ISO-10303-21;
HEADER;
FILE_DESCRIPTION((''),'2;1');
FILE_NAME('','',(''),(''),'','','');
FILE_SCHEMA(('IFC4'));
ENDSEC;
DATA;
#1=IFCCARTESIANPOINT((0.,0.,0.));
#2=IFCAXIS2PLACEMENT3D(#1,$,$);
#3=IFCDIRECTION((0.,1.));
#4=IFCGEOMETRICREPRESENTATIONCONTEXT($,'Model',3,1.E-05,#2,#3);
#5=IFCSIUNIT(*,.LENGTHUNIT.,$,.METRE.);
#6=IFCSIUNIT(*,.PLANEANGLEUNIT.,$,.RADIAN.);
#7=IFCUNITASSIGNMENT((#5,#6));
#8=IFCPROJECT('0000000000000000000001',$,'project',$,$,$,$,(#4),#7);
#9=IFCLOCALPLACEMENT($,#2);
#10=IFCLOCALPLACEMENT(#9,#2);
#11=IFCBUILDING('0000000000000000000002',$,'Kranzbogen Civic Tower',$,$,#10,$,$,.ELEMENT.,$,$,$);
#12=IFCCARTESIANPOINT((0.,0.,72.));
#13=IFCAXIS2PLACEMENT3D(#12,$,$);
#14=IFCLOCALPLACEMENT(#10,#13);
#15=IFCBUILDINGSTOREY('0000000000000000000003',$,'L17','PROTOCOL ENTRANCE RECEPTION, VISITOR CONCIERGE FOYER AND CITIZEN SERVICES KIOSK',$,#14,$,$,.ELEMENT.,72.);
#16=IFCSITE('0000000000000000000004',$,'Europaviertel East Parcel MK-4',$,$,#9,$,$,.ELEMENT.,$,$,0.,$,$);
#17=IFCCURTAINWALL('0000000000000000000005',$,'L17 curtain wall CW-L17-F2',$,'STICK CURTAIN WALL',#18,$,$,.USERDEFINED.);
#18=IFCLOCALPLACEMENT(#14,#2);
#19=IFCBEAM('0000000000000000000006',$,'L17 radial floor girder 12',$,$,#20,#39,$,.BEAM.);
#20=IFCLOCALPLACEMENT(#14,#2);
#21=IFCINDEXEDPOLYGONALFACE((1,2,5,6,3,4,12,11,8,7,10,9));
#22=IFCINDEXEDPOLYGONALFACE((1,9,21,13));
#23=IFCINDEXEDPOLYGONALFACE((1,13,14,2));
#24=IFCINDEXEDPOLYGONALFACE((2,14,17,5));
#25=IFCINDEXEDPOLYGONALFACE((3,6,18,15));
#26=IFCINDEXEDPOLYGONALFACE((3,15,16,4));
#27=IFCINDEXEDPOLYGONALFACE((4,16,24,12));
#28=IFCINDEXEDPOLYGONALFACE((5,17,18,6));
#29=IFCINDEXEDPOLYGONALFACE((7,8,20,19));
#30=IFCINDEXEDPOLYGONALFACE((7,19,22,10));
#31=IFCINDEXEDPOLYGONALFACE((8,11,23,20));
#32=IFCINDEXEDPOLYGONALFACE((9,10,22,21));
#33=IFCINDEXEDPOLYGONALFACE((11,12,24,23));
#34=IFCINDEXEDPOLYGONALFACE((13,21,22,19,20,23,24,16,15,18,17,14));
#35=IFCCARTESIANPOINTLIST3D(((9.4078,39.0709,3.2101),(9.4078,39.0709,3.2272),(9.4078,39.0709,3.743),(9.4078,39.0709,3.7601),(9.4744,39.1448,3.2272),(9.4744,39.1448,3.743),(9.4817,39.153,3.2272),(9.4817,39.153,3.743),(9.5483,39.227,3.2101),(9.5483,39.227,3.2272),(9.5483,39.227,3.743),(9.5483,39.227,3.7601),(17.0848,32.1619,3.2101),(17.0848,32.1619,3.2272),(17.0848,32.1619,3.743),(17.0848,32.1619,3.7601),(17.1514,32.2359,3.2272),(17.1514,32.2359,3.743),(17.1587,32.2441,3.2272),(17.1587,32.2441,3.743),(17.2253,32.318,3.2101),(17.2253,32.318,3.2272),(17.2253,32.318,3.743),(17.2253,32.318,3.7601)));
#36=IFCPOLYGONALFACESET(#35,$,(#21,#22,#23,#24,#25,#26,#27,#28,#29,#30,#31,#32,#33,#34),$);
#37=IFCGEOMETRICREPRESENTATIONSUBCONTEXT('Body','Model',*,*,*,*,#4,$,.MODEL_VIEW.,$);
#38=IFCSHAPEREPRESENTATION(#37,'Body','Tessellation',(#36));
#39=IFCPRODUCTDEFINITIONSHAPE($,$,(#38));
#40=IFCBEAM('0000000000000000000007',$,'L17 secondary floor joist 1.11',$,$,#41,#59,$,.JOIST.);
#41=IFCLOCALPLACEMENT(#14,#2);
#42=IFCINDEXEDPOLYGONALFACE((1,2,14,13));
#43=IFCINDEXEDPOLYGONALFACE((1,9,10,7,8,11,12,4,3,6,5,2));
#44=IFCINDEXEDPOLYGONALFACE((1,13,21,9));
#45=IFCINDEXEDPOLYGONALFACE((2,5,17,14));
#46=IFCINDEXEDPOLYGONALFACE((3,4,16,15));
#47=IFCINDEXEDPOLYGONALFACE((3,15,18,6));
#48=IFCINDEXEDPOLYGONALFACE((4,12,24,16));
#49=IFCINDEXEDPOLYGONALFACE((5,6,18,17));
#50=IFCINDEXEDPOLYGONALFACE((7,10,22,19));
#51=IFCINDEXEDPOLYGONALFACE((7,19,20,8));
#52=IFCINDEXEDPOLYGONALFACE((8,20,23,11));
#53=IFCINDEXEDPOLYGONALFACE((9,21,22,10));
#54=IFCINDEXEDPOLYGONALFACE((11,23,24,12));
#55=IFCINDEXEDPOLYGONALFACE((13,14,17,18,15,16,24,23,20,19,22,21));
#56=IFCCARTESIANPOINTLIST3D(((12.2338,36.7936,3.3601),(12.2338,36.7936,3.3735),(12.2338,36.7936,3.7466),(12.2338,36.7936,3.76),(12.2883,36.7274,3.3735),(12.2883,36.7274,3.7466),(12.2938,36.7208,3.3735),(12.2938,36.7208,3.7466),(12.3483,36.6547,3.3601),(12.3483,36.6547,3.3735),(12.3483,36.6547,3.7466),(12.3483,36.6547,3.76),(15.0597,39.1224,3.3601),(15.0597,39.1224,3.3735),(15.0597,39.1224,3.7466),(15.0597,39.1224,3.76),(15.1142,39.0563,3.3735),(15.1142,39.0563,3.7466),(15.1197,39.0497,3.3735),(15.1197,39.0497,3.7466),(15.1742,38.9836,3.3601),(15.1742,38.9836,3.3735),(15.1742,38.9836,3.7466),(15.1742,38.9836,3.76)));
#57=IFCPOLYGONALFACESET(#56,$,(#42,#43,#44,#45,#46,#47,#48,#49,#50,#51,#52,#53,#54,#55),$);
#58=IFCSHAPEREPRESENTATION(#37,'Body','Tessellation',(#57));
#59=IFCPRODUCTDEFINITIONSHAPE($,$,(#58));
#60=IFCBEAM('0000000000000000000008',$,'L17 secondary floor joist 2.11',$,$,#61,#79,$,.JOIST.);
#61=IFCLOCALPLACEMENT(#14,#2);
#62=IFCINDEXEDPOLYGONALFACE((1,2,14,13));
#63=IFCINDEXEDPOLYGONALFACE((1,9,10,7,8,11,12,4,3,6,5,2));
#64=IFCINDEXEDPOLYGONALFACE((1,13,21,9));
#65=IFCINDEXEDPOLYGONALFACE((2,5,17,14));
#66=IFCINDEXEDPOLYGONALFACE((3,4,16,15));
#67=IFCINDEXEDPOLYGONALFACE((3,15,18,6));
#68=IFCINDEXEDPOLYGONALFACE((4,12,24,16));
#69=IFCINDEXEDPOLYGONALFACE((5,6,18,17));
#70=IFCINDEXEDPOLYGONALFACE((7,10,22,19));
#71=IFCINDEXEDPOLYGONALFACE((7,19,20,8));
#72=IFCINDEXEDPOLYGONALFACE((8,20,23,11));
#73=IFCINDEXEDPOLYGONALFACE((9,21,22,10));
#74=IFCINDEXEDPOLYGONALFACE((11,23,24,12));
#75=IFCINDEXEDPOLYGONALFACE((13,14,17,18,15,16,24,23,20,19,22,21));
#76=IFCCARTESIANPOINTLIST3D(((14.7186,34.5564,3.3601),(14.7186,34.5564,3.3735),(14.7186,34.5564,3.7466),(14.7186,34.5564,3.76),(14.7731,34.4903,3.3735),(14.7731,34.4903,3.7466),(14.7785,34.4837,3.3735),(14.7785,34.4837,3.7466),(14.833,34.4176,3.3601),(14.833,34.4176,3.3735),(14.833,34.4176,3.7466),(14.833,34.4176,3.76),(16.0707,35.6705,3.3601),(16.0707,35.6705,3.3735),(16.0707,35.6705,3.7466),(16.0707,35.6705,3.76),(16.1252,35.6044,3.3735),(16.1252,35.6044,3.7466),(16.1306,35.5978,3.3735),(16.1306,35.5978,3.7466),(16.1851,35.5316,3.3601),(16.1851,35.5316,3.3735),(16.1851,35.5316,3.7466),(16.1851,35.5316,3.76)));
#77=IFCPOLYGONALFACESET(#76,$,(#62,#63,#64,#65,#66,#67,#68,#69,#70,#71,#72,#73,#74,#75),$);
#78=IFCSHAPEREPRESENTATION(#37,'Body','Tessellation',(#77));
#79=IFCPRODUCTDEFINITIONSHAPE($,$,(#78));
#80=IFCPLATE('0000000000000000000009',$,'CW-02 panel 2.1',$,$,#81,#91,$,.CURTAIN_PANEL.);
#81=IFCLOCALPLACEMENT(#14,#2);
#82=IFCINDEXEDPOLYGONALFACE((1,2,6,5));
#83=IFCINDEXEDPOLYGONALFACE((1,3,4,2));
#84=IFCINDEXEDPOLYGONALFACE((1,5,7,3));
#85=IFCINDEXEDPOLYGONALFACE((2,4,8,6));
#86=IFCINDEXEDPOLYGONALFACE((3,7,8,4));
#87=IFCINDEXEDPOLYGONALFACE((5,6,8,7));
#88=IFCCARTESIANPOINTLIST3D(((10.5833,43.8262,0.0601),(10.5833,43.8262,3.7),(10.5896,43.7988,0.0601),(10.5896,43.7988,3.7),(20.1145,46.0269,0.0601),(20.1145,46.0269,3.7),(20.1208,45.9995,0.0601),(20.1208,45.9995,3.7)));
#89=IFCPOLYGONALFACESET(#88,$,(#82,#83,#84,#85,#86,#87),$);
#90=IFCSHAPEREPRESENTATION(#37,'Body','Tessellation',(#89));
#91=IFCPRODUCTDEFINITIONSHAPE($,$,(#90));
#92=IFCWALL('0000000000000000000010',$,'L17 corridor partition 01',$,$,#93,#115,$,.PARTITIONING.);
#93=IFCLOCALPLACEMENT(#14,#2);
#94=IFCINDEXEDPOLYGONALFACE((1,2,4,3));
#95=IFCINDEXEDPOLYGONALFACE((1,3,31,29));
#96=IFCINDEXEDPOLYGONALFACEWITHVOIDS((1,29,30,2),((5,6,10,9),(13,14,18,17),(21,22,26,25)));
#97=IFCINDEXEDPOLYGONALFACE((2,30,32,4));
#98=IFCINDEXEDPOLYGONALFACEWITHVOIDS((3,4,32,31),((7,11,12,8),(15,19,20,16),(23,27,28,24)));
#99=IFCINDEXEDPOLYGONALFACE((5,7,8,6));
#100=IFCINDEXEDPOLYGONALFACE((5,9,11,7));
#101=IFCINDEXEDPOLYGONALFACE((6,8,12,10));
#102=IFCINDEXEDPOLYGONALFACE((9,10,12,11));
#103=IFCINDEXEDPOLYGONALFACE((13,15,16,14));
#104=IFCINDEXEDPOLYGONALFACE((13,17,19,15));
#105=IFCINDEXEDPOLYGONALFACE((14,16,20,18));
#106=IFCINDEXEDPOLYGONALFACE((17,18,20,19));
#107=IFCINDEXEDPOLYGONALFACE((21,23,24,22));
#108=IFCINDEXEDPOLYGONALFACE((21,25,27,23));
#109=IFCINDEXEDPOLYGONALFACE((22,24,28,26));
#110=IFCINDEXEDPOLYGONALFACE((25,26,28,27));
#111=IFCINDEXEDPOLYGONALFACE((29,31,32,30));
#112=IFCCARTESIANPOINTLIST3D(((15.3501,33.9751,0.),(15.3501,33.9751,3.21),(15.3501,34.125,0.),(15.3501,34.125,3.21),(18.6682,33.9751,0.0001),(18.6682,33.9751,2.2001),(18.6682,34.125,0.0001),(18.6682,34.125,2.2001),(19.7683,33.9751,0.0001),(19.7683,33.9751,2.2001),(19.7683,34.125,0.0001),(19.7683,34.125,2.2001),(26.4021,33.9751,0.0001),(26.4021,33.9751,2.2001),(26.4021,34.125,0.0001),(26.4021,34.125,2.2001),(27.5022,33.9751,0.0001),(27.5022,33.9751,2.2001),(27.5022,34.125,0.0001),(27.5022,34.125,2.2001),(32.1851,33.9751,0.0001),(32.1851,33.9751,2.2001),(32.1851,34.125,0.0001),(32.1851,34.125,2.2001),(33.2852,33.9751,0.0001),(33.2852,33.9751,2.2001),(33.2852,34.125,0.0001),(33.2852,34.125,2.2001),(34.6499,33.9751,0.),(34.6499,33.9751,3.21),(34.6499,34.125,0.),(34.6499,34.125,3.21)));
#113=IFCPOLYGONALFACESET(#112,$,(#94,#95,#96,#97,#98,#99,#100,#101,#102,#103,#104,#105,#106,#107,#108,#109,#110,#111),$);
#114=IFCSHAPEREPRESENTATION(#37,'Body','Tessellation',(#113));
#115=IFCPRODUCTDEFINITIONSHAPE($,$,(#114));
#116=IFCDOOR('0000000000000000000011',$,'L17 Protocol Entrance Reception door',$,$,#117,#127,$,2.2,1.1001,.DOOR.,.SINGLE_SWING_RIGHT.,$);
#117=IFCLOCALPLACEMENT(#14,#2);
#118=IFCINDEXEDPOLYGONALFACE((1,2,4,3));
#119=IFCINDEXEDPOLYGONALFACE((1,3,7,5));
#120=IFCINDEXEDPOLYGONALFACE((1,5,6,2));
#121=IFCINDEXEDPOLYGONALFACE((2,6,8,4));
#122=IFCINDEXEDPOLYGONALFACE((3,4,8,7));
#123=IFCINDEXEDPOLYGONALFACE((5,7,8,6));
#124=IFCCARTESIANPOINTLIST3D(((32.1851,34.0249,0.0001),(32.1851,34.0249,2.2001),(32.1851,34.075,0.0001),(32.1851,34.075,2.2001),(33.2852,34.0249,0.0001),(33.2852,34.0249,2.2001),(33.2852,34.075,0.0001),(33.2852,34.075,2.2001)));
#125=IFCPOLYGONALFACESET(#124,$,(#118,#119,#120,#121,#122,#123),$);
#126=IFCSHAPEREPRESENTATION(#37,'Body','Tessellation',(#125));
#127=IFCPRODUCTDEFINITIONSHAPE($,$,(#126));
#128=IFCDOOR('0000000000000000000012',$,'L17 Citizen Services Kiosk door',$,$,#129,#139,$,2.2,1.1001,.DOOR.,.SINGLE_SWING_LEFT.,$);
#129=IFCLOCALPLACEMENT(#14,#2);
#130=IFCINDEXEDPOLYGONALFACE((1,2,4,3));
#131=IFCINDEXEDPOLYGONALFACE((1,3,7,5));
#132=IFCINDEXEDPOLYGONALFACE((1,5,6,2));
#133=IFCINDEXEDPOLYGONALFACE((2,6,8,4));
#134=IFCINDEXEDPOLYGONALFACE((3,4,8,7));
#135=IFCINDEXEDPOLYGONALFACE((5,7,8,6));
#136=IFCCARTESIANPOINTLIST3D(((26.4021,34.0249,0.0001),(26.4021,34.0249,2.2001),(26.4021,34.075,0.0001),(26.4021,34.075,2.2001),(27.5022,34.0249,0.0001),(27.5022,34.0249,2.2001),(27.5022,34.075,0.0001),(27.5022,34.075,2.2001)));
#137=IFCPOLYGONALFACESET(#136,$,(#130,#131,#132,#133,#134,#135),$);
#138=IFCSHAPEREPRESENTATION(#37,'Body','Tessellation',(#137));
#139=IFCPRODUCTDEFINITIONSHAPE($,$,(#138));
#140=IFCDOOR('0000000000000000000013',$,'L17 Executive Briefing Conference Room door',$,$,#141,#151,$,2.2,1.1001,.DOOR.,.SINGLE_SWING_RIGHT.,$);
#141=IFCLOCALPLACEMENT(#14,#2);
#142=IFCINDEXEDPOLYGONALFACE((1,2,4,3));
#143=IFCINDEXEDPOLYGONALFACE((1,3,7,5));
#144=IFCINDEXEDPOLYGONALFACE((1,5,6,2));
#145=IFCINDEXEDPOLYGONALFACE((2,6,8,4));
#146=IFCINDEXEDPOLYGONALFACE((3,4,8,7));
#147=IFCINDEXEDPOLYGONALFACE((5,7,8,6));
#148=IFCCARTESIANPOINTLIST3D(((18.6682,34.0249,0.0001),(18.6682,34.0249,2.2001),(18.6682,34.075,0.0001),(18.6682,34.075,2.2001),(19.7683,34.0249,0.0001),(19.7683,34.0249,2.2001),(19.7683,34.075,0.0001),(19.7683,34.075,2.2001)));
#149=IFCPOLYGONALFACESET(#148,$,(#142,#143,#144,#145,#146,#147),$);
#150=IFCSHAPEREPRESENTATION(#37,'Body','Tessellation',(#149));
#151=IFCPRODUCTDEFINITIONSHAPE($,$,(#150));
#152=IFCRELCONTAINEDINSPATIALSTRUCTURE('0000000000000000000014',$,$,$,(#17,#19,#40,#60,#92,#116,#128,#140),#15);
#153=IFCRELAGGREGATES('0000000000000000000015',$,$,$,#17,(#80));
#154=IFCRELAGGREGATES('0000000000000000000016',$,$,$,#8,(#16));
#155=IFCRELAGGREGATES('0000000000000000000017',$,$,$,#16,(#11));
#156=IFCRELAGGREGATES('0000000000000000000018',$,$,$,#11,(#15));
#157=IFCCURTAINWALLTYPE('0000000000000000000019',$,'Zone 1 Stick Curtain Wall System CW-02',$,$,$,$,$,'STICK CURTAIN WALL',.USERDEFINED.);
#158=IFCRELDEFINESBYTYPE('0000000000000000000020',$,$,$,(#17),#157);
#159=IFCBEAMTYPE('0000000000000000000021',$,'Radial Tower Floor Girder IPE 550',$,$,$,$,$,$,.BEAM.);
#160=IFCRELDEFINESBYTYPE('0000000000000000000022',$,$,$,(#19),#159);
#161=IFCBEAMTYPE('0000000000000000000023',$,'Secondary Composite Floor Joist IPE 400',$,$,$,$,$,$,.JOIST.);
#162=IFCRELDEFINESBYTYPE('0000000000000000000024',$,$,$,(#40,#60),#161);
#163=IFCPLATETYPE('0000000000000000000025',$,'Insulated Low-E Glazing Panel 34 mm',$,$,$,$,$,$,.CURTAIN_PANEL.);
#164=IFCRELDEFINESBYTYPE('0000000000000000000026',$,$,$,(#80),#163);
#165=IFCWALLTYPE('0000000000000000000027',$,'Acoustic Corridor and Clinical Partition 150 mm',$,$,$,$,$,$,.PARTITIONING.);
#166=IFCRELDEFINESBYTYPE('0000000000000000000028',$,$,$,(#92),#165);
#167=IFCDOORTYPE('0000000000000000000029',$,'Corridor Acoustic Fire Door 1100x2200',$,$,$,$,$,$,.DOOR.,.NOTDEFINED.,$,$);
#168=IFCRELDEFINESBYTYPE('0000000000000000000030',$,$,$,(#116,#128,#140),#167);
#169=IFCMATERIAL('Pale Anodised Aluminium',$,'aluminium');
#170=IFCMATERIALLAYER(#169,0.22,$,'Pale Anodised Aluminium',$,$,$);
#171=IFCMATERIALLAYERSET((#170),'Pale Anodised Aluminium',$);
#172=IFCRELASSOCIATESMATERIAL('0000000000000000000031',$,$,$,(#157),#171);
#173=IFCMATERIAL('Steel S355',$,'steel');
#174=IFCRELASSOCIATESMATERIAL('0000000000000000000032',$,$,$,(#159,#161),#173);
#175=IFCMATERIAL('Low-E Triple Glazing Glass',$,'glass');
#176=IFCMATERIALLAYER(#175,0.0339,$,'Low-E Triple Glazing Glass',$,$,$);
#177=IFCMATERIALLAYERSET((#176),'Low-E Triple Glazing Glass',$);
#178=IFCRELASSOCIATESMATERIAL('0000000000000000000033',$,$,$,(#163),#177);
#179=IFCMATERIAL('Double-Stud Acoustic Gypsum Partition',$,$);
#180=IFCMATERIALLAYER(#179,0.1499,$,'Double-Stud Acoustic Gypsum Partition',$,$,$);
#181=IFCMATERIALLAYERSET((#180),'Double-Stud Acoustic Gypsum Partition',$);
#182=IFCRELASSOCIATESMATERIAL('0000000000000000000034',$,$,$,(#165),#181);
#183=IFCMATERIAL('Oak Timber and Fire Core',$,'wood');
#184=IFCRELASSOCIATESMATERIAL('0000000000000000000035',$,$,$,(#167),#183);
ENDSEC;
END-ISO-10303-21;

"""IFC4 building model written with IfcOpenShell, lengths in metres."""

from ifc_helpers import new_model, si_unit, direction, frame, frame_2d, origin, origin_2d, place, context, subcontext, project, spatial, rectangle, i_section, extrude, material, layer, layer_set, material_profile, profile_set, type_object, element, fill, aggregate, save


model = new_model("IFC4")

# Units and contexts
model_context = context("Model", 3, precision=1e-05, world=origin(), true_north=direction((0.0, 1.0)))
body_context = subcontext(model_context, "Body", "Model", "MODEL_VIEW")
ifc_project = project(units=[si_unit("LENGTHUNIT", "METRE"), si_unit("PLANEANGLEUNIT", "RADIAN")], contexts=[model_context])

# Site, building, storey
site_placement = place(None, origin())
site = spatial("IfcSite", under=ifc_project, at=site_placement, Name="Europaviertel East Parcel MK-4", CompositionType="ELEMENT", RefElevation=0.0)
building_placement = place(site_placement, origin())
building = spatial("IfcBuilding", under=site, at=building_placement, Name="Kranzbogen Civic Tower", CompositionType="ELEMENT")
storey_placement = place(building_placement, frame((0.0, 0.0, 72.0)))
storey = spatial("IfcBuildingStorey", under=building, at=storey_placement, Name="L17", Description="PROTOCOL ENTRANCE RECEPTION, VISITOR CONCIERGE FOYER AND CITIZEN SERVICES KIOSK", CompositionType="ELEMENT", Elevation=72.0)

# Shared definitions
ifc_material_1 = material(Name="Steel S355", Category="steel")

# Curtain wall
ifc_material_2 = material(Name="Pale Anodised Aluminium", Category="aluminium")
ifc_layer_1 = layer(ifc_material_2, 0.22, Name="Pale Anodised Aluminium")
ifc_layer_set_1 = layer_set([ifc_layer_1], Name="Pale Anodised Aluminium")
curtain_wall_type = type_object("IfcCurtainWallType", Name="Zone 1 Stick Curtain Wall System CW-02", ElementType="STICK CURTAIN WALL", PredefinedType="USERDEFINED", material=ifc_layer_set_1)
curtain_wall_placement = place(storey_placement, origin())
curtain_wall = element("IfcCurtainWall", 1, at=curtain_wall_placement, inside=storey, type_object=curtain_wall_type, Name="L17 curtain wall CW-L17-F2", ObjectType="STICK CURTAIN WALL", PredefinedType="USERDEFINED")

# Beams
ifc_material_profile_1 = material_profile(ifc_material_1, i_section(OverallWidth=0.21, OverallDepth=0.55, WebThickness=0.011, FlangeThickness=0.0171, at=origin_2d()), Name="IPE 550")
ifc_profile_set_1 = profile_set([ifc_material_profile_1], Name="Steel S355")
beam_type_1 = type_object("IfcBeamType", Name="Radial Tower Floor Girder IPE 550", PredefinedType="BEAM", material=ifc_profile_set_1)
beam_1_placement = place(storey_placement, frame((9.478, 39.1489, 3.4851), z_axis=(0.743312, -0.668945, 0.0), x_axis=(0.668945, 0.743312, 0.0)))
element("IfcBeam", 2, at=beam_1_placement, inside=storey, type_object=beam_type_1, Name="L17 radial floor girder 12", PredefinedType="BEAM", context=body_context, shape_type="SweptSolid", body=[
    extrude(i_section(OverallWidth=0.21, OverallDepth=0.55, WebThickness=0.011, FlangeThickness=0.0171, at=origin_2d()), origin(), (0.0, 0.0, 1.0), 10.3281),
])
ifc_material_profile_2 = material_profile(ifc_material_1, i_section(OverallWidth=0.1799, OverallDepth=0.3999, WebThickness=0.0085, FlangeThickness=0.0134, at=origin_2d()), Name="IPE 400")
ifc_profile_set_2 = profile_set([ifc_material_profile_2], Name="Steel S355")
beam_type_2 = type_object("IfcBeamType", Name="Secondary Composite Floor Joist IPE 400", PredefinedType="JOIST", material=ifc_profile_set_2)
beam_2_placement = place(storey_placement, frame((15.1169, 39.053, 3.5601), z_axis=(-0.771713, -0.635971, 0.0), x_axis=(0.635971, -0.771713, 0.0)))
element("IfcBeam", 3, at=beam_2_placement, inside=storey, type_object=beam_type_2, Name="L17 secondary floor joist 1.11", PredefinedType="JOIST", context=body_context, shape_type="SweptSolid", body=[
    extrude(i_section(OverallWidth=0.1799, OverallDepth=0.3999, WebThickness=0.0085, FlangeThickness=0.0134, at=origin_2d()), origin(), (0.0, 0.0, 1.0), 3.6619),
])
beam_3_placement = place(storey_placement, frame((16.1279, 35.6011, 3.5601), z_axis=(-0.771773, -0.635898, 0.0), x_axis=(0.635898, -0.771773, 0.0)))
element("IfcBeam", 4, at=beam_3_placement, inside=storey, type_object=beam_type_2, Name="L17 secondary floor joist 2.11", PredefinedType="JOIST", context=body_context, shape_type="SweptSolid", body=[
    extrude(i_section(OverallWidth=0.1799, OverallDepth=0.3999, WebThickness=0.0085, FlangeThickness=0.0134, at=origin_2d()), origin(), (0.0, 0.0, 1.0), 1.752),
])

# Plate
ifc_material_3 = material(Name="Low-E Triple Glazing Glass", Category="glass")
ifc_layer_2 = layer(ifc_material_3, 0.0339, Name="Low-E Triple Glazing Glass")
ifc_layer_set_2 = layer_set([ifc_layer_2], Name="Low-E Triple Glazing Glass")
plate_type = type_object("IfcPlateType", Name="Insulated Low-E Glazing Panel 34 mm", PredefinedType="CURTAIN_PANEL", material=ifc_layer_set_2)
plate_placement = place(storey_placement, frame((15.3521, 44.9128, 0.0601), z_axis=(0.0, 0.0, 1.0), x_axis=(-0.974364, -0.224978, 0.0)))
plate = element("IfcPlate", 5, at=plate_placement, type_object=plate_type, Name="CW-02 panel 2.1", PredefinedType="CURTAIN_PANEL", context=body_context, shape_type="SweptSolid", body=[
    extrude(rectangle(XDim=9.782, YDim=0.0281, at=origin_2d()), origin(), (0.0, 0.0, 1.0), 3.6399),
])
aggregate(curtain_wall, [plate])

# Wall, openings, doors
ifc_material_4 = material(Name="Double-Stud Acoustic Gypsum Partition")
ifc_layer_3 = layer(ifc_material_4, 0.1499, Name="Double-Stud Acoustic Gypsum Partition")
ifc_layer_set_3 = layer_set([ifc_layer_3], Name="Double-Stud Acoustic Gypsum Partition")
wall_type_1 = type_object("IfcWallType", Name="Acoustic Corridor and Clinical Partition 150 mm", PredefinedType="PARTITIONING", material=ifc_layer_set_3)
wall_1_placement = place(storey_placement, frame((15.3501, 34.05, 0.0), z_axis=(0.0, 0.0, 1.0), x_axis=(1.0, 0.0, 0.0)))
wall_1 = element("IfcWall", 6, at=wall_1_placement, inside=storey, type_object=wall_type_1, Name="L17 corridor partition 01", PredefinedType="PARTITIONING", context=body_context, shape_type="SweptSolid", body=[
    extrude(rectangle(XDim=19.2998, YDim=0.1499, at=frame_2d((9.6499, 0.0))), origin(), (0.0, 0.0, 1.0), 3.21),
])
opening_1_placement = place(wall_1_placement, frame((16.835, 0.0, 0.0)))
opening_1 = element("IfcOpeningElement", 7, at=opening_1_placement, cuts=wall_1, PredefinedType="OPENING", context=body_context, shape_type="SweptSolid", body=[
    extrude(rectangle(XDim=1.1001, YDim=2.2, at=frame_2d((0.55, 1.1001))), frame((0.0, 0.085, 0.0), z_axis=(0.0, -1.0, 0.0), x_axis=(1.0, 0.0, 0.0)), (0.0, 0.0, 1.0), 0.1699),
])
opening_2_placement = place(wall_1_placement, frame((11.052, 0.0, 0.0)))
opening_2 = element("IfcOpeningElement", 8, at=opening_2_placement, cuts=wall_1, PredefinedType="OPENING", context=body_context, shape_type="SweptSolid", body=[
    extrude(rectangle(XDim=1.1001, YDim=2.2, at=frame_2d((0.55, 1.1001))), frame((0.0, 0.085, 0.0), z_axis=(0.0, -1.0, 0.0), x_axis=(1.0, 0.0, 0.0)), (0.0, 0.0, 1.0), 0.1699),
])
opening_3_placement = place(wall_1_placement, frame((3.3181, 0.0, 0.0)))
opening_3 = element("IfcOpeningElement", 9, at=opening_3_placement, cuts=wall_1, PredefinedType="OPENING", context=body_context, shape_type="SweptSolid", body=[
    extrude(rectangle(XDim=1.1001, YDim=2.2, at=frame_2d((0.55, 1.1001))), frame((0.0, 0.085, 0.0), z_axis=(0.0, -1.0, 0.0), x_axis=(1.0, 0.0, 0.0)), (0.0, 0.0, 1.0), 0.1699),
])
ifc_material_5 = material(Name="Oak Timber and Fire Core", Category="wood")
door_type_1 = type_object("IfcDoorType", Name="Corridor Acoustic Fire Door 1100x2200", OperationType="NOTDEFINED", PredefinedType="DOOR", material=ifc_material_5)
door_1_placement = place(opening_1_placement, origin())
door_1 = element("IfcDoor", 10, at=door_1_placement, inside=storey, type_object=door_type_1, Name="L17 Protocol Entrance Reception door", OperationType="SINGLE_SWING_RIGHT", OverallHeight=2.2, OverallWidth=1.1001, PredefinedType="DOOR", context=body_context, shape_type="SweptSolid", body=[
    extrude(rectangle(XDim=1.1001, YDim=2.2, at=frame_2d((0.55, 1.1001))), frame((0.0, 0.0249, 0.0), z_axis=(0.0, -1.0, 0.0), x_axis=(1.0, 0.0, 0.0)), (0.0, 0.0, 1.0), 0.05),
])
fill(opening_1, door_1)
door_2_placement = place(opening_2_placement, origin())
door_2 = element("IfcDoor", 11, at=door_2_placement, inside=storey, type_object=door_type_1, Name="L17 Citizen Services Kiosk door", OperationType="SINGLE_SWING_LEFT", OverallHeight=2.2, OverallWidth=1.1001, PredefinedType="DOOR", context=body_context, shape_type="SweptSolid", body=[
    extrude(rectangle(XDim=1.1001, YDim=2.2, at=frame_2d((0.55, 1.1001))), frame((0.0, 0.0249, 0.0), z_axis=(0.0, -1.0, 0.0), x_axis=(1.0, 0.0, 0.0)), (0.0, 0.0, 1.0), 0.05),
])
fill(opening_2, door_2)
door_3_placement = place(opening_3_placement, origin())
door_3 = element("IfcDoor", 12, at=door_3_placement, inside=storey, type_object=door_type_1, Name="L17 Executive Briefing Conference Room door", OperationType="SINGLE_SWING_RIGHT", OverallHeight=2.2, OverallWidth=1.1001, PredefinedType="DOOR", context=body_context, shape_type="SweptSolid", body=[
    extrude(rectangle(XDim=1.1001, YDim=2.2, at=frame_2d((0.55, 1.1001))), frame((0.0, 0.0249, 0.0), z_axis=(0.0, -1.0, 0.0), x_axis=(1.0, 0.0, 0.0)), (0.0, 0.0, 1.0), 0.05),
])
fill(opening_3, door_3)

save(model, "model.ifc")
